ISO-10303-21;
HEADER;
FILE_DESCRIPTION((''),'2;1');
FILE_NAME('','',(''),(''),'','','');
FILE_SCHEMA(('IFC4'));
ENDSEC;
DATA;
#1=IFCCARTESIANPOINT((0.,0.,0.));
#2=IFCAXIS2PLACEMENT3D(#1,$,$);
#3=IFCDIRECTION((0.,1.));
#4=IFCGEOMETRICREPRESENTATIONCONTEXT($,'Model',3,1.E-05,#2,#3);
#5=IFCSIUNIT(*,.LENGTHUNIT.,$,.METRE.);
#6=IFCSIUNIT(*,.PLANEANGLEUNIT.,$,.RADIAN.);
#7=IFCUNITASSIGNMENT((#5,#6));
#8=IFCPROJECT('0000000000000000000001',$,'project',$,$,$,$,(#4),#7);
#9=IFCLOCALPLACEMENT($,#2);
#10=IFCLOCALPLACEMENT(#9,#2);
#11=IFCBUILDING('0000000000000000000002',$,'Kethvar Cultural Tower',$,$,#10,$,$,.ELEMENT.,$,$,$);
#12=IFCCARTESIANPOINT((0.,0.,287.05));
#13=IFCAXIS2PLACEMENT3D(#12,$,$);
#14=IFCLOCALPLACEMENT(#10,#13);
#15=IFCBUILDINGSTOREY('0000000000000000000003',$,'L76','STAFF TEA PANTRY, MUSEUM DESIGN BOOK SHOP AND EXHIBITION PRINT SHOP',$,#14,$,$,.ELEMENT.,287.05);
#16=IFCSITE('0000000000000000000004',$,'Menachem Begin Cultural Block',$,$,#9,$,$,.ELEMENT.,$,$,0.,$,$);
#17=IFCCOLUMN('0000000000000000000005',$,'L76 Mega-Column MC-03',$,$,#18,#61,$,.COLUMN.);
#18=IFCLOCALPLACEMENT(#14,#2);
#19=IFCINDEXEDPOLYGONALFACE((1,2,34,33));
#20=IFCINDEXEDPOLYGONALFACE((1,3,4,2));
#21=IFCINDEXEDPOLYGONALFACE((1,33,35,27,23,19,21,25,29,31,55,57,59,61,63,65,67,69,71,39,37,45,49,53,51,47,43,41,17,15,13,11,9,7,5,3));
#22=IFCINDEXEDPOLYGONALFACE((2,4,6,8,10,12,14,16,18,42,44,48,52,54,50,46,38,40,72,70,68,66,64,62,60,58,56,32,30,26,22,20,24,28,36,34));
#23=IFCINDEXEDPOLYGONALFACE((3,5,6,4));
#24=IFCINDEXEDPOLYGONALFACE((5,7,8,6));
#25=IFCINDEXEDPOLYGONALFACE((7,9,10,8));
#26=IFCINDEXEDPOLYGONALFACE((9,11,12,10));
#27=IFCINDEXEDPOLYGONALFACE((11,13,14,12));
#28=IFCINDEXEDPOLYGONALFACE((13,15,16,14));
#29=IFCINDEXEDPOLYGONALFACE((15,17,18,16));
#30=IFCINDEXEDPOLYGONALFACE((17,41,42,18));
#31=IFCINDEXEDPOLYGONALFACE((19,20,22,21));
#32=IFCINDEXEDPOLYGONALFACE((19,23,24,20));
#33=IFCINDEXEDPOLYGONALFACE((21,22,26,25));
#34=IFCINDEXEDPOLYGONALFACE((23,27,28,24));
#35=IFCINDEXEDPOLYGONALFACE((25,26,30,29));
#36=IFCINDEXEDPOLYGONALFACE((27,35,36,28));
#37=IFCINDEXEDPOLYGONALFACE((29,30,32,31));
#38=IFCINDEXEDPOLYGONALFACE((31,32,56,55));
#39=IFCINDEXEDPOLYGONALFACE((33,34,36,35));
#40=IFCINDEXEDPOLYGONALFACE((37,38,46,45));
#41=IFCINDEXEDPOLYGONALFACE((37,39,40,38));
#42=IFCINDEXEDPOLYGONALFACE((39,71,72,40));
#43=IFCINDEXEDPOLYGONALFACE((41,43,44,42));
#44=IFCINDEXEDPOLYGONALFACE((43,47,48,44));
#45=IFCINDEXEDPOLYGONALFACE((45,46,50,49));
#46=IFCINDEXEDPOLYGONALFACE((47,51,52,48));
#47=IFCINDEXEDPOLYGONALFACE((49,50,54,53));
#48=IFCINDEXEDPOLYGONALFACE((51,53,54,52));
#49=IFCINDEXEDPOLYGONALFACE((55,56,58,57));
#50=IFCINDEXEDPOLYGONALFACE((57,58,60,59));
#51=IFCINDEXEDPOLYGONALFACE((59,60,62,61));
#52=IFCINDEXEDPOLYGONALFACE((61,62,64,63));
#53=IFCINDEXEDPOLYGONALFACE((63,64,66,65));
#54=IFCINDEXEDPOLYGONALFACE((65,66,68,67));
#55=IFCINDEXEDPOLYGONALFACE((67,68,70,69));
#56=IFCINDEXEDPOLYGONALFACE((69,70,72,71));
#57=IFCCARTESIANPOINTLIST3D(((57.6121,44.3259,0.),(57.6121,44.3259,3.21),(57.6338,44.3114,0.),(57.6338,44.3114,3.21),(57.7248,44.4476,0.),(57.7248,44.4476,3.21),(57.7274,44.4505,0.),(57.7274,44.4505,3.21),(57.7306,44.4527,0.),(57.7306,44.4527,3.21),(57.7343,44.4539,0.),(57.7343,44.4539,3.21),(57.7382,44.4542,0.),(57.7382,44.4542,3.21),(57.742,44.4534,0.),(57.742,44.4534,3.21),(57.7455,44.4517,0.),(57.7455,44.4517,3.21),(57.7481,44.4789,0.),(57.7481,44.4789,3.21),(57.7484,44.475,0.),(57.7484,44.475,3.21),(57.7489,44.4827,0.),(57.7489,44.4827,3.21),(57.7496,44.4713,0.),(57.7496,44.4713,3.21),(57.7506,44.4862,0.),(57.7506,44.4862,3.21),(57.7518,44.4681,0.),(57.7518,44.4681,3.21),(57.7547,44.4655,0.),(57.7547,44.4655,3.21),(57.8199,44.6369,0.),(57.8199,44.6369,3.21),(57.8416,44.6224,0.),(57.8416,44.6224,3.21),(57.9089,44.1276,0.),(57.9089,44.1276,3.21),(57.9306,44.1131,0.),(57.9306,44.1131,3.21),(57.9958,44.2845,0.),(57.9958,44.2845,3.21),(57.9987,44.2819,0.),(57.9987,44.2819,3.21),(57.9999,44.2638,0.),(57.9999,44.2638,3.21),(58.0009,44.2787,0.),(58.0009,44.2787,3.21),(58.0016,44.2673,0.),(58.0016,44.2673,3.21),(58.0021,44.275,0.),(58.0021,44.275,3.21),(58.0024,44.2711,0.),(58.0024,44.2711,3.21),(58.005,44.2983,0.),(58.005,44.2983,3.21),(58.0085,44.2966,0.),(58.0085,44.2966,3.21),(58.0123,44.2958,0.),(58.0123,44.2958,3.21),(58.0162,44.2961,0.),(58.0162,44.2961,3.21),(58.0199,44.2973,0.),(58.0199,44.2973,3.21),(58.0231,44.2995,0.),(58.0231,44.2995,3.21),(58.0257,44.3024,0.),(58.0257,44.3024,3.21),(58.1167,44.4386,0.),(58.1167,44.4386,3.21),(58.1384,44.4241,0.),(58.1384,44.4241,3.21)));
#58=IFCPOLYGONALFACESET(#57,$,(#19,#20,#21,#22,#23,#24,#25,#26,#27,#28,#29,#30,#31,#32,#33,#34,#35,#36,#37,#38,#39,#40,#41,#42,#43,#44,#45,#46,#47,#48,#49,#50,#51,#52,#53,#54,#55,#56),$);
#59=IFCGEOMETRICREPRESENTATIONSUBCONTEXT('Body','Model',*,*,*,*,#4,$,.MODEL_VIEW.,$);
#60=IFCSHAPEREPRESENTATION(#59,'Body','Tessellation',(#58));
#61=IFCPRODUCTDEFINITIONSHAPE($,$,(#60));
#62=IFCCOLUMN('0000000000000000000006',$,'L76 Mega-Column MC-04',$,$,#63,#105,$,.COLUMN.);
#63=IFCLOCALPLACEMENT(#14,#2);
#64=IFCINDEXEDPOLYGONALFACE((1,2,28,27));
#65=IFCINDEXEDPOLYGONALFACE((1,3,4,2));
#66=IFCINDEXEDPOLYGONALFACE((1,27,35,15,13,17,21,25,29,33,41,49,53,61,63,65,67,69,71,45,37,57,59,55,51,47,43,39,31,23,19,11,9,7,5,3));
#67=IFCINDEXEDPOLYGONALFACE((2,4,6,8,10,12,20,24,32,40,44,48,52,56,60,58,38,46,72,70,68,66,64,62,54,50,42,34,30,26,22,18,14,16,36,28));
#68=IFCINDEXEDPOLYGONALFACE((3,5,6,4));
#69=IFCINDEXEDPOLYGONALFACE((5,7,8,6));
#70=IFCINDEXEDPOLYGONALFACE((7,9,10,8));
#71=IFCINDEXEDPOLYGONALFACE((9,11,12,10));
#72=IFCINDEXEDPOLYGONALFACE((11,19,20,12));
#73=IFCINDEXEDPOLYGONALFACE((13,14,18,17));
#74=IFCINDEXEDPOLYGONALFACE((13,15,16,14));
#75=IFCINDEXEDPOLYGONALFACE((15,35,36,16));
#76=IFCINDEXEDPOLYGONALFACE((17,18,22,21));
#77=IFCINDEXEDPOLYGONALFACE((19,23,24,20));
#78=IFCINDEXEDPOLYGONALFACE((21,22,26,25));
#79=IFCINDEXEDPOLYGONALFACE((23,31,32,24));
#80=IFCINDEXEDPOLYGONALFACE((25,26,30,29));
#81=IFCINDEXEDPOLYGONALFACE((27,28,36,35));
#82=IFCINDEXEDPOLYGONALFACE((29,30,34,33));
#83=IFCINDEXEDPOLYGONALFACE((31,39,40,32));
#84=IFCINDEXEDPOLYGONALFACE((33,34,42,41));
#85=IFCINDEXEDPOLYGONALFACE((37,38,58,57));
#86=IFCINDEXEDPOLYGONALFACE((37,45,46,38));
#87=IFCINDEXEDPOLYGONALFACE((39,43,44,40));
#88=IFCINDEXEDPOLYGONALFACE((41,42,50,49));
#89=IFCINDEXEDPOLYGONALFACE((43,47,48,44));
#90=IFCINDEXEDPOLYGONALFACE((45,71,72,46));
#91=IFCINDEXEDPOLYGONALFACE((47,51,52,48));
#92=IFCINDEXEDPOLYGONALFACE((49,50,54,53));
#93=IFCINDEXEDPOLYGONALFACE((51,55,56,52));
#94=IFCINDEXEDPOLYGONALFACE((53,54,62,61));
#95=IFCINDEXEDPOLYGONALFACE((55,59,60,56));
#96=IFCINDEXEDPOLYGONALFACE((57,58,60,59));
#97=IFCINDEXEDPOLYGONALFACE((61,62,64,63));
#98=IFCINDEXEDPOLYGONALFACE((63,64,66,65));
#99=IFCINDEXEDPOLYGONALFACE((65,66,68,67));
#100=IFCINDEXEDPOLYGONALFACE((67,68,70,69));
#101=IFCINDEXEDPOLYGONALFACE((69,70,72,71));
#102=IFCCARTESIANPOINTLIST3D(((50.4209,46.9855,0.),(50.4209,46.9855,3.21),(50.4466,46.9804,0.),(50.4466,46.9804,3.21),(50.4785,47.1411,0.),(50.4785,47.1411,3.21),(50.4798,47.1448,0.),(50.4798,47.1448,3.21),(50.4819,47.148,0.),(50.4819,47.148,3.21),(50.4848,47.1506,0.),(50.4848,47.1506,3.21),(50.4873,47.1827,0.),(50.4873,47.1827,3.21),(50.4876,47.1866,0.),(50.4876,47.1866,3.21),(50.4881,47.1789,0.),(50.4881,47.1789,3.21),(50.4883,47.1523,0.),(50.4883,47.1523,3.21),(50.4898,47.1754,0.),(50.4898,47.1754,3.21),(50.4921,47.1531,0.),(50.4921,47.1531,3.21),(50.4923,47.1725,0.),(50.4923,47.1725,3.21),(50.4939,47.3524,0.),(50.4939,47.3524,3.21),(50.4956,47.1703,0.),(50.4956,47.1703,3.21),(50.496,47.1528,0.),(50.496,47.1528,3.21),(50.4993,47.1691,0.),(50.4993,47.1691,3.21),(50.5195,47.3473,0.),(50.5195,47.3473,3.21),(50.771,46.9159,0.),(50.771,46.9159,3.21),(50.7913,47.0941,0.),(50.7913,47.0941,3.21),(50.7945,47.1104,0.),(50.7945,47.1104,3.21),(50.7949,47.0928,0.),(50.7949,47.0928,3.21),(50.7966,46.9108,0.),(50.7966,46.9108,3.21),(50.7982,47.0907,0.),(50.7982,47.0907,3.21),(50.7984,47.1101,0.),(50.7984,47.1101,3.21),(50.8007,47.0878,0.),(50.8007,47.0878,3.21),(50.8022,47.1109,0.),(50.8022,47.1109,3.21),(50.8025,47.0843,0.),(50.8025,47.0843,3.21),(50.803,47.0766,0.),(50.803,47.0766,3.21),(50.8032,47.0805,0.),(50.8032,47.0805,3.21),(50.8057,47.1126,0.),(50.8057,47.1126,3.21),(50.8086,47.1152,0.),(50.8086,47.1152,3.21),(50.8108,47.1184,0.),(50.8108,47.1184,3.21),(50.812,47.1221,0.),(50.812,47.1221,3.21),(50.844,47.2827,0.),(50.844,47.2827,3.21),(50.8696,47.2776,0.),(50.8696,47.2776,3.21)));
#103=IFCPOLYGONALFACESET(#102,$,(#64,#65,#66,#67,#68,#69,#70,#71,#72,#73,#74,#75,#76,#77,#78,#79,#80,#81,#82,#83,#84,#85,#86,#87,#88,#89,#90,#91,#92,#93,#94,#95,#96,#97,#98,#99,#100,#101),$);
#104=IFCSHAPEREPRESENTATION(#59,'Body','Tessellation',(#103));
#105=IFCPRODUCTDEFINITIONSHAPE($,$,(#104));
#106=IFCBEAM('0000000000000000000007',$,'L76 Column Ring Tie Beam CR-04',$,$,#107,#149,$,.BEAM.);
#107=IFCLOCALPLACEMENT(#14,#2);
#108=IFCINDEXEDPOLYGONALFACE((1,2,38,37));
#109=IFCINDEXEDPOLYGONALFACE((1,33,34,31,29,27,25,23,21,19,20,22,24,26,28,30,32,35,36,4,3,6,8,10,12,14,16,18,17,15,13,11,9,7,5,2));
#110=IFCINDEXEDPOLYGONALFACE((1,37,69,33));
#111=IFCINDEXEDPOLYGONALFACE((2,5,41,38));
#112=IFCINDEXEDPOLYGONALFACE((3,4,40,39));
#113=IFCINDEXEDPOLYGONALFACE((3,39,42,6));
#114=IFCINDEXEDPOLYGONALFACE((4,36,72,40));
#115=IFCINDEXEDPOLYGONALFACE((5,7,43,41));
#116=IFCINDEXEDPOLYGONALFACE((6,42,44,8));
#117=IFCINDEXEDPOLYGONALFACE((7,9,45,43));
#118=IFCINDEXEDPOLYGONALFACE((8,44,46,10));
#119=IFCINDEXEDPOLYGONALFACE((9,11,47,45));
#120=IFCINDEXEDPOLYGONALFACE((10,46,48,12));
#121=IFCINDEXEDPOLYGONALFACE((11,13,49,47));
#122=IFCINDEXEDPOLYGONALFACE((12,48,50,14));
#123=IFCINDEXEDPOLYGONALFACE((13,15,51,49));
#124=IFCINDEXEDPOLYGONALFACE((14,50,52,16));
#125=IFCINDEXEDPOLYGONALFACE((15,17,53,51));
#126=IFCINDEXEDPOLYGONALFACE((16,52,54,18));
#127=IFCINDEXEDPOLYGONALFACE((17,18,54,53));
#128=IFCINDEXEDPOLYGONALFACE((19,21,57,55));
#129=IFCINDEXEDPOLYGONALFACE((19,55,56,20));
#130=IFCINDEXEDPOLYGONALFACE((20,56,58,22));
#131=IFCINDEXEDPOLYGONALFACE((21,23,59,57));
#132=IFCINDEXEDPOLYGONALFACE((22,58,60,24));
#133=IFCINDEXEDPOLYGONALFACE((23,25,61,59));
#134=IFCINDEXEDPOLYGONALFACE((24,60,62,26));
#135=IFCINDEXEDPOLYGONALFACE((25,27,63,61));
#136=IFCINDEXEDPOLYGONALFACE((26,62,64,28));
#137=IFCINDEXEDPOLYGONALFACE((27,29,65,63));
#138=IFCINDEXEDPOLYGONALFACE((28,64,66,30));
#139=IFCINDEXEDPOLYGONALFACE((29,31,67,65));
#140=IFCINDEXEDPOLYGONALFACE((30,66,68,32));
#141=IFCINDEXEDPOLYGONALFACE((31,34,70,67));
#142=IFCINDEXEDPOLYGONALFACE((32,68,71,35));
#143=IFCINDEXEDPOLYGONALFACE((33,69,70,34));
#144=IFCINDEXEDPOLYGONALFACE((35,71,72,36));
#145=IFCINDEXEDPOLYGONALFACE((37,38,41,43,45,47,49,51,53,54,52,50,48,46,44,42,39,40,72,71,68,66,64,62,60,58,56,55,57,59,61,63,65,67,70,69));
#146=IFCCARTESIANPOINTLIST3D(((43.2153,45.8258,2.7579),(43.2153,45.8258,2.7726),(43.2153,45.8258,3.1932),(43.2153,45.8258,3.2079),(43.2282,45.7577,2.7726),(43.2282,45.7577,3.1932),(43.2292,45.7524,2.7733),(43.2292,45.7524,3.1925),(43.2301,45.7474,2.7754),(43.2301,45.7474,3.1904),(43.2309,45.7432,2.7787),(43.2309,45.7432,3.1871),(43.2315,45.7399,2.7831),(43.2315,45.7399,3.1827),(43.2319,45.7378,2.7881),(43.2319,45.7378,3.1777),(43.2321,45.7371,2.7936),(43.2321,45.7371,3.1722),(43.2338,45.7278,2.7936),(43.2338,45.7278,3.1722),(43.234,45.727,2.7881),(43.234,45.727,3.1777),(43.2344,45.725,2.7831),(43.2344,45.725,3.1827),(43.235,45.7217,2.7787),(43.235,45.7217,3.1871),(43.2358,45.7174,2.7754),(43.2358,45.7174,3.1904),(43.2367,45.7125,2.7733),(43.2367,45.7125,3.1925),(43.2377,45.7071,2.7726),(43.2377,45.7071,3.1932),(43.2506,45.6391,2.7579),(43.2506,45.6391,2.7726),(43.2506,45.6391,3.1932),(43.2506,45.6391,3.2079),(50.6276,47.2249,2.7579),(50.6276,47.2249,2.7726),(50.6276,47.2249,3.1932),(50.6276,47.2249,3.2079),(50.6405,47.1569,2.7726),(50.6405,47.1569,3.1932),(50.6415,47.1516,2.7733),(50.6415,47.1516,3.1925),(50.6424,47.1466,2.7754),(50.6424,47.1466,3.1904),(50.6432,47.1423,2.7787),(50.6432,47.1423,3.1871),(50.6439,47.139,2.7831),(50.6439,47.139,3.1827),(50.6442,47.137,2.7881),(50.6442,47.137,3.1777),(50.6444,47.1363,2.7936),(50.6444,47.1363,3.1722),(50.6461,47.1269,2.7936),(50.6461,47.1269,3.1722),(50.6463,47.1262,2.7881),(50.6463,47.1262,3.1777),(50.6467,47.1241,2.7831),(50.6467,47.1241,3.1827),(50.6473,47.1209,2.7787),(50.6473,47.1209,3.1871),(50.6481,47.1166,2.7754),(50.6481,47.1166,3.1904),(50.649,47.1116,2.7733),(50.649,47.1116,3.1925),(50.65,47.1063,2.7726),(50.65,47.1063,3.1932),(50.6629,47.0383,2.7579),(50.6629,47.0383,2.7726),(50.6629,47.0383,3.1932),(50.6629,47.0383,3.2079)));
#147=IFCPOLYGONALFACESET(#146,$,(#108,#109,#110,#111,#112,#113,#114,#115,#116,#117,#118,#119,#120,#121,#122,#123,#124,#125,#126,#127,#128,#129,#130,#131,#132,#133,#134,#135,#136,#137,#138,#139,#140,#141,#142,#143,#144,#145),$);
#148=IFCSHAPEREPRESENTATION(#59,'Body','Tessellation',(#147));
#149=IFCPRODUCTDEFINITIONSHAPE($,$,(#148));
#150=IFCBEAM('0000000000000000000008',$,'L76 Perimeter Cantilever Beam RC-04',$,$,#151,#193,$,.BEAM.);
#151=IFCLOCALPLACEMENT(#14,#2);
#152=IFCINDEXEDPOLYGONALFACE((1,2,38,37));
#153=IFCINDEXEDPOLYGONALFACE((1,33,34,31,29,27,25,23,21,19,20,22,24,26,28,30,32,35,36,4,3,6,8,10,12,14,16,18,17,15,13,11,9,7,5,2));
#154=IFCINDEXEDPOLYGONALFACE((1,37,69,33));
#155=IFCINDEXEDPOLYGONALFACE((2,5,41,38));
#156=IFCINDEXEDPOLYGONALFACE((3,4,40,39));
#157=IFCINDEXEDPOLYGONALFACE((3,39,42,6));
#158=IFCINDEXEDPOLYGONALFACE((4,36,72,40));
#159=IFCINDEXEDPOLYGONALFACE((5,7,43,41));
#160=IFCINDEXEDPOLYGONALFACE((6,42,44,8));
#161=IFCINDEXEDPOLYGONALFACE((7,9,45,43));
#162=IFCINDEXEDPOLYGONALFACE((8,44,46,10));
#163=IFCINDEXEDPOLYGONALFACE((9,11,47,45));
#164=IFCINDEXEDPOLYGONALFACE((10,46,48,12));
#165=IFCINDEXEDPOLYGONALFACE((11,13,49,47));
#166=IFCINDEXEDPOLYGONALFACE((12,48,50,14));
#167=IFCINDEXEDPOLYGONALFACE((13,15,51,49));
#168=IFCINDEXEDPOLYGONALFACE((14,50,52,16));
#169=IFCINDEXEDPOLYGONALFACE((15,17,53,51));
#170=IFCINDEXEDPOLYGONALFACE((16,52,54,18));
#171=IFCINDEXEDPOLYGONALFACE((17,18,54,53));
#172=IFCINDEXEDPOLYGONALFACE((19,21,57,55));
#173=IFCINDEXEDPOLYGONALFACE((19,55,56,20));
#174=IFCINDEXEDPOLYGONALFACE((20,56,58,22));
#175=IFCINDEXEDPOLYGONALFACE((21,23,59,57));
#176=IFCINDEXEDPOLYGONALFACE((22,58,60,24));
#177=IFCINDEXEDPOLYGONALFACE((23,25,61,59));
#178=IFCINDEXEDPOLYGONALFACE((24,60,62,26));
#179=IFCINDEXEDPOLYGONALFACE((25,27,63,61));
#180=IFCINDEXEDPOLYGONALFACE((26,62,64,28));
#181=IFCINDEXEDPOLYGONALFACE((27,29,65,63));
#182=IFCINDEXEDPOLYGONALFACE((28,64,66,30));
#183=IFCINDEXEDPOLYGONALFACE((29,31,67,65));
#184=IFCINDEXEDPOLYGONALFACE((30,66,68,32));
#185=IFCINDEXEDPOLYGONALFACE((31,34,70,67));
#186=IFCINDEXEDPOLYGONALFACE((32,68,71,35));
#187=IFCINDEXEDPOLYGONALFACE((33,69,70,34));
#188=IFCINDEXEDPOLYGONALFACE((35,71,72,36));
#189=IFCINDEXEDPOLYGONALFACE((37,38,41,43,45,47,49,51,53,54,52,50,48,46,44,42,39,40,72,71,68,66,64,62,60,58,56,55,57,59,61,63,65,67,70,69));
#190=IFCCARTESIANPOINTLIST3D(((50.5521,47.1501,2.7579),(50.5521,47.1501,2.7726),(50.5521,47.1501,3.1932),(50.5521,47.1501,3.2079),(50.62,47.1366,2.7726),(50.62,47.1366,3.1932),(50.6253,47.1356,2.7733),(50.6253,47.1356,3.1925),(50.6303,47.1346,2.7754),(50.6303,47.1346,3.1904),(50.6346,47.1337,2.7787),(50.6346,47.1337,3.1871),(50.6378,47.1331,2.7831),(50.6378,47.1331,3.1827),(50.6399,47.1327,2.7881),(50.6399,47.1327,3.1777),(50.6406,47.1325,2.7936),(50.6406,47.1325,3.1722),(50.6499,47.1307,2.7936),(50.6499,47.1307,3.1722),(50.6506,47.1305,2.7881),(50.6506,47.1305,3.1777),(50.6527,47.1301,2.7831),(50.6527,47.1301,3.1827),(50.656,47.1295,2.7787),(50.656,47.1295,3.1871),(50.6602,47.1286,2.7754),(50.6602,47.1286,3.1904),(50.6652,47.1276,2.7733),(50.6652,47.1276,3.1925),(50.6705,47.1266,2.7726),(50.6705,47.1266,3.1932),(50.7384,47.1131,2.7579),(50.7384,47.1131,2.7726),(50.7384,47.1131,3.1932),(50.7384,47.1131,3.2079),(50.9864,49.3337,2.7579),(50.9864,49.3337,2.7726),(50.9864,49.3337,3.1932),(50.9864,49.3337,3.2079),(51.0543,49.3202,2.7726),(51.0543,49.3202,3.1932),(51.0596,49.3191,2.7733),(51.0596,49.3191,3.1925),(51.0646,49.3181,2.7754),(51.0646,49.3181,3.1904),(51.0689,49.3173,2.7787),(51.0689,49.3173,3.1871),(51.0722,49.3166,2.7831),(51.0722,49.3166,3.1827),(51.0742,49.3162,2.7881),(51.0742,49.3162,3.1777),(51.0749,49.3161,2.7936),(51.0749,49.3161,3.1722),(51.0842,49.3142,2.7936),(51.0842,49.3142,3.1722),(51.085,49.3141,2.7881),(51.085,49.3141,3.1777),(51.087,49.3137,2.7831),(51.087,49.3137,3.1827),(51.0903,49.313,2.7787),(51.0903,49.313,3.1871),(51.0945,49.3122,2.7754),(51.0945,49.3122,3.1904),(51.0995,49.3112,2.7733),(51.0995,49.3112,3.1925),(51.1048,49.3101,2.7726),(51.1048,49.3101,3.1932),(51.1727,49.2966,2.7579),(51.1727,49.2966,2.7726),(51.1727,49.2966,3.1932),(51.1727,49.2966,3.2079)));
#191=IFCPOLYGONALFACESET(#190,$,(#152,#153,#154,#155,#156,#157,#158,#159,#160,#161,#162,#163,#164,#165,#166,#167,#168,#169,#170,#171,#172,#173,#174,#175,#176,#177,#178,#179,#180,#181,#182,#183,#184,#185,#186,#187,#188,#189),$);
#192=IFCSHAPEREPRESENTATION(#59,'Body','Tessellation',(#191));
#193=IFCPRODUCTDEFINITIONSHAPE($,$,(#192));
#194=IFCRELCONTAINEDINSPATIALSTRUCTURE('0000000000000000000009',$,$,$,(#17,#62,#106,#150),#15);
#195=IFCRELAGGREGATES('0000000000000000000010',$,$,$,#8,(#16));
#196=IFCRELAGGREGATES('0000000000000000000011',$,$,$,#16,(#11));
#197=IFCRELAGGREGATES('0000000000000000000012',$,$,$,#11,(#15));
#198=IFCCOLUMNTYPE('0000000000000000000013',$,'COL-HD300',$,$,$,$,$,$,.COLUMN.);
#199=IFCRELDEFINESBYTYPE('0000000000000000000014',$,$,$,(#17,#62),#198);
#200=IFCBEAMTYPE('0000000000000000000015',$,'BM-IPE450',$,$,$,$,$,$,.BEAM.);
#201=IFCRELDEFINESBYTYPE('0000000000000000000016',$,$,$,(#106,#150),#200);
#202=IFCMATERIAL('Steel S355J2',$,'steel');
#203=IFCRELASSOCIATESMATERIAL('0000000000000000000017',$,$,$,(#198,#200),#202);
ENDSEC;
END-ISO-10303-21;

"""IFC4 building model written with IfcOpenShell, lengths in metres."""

from ifc_helpers import new_model, si_unit, direction, frame, origin, origin_2d, place, context, subcontext, project, spatial, i_section, extrude, source, transform, mapped, material, material_profile, profile_set, type_object, element, save


model = new_model("IFC4")

# Units and contexts
model_context = context("Model", 3, precision=1e-05, world=origin(), true_north=direction((0.0, 1.0)))
body_context = subcontext(model_context, "Body", "Model", "MODEL_VIEW")
ifc_project = project(units=[si_unit("LENGTHUNIT", "METRE"), si_unit("PLANEANGLEUNIT", "RADIAN")], contexts=[model_context])

# Site, building, storey
site_placement = place(None, origin())
site = spatial("IfcSite", under=ifc_project, at=site_placement, Name="Menachem Begin Cultural Block", CompositionType="ELEMENT", RefElevation=0.0)
building_placement = place(site_placement, origin())
building = spatial("IfcBuilding", under=site, at=building_placement, Name="Kethvar Cultural Tower", CompositionType="ELEMENT")
storey_placement = place(building_placement, frame((0.0, 0.0, 287.05)))
storey = spatial("IfcBuildingStorey", under=building, at=storey_placement, Name="L76", Description="STAFF TEA PANTRY, MUSEUM DESIGN BOOK SHOP AND EXHIBITION PRINT SHOP", CompositionType="ELEMENT", Elevation=287.05)

# Columns
ifc_material_1 = material(Name="Steel S355J2", Category="steel")
ifc_material_profile_1 = material_profile(ifc_material_1, i_section(OverallWidth=0.374, OverallDepth=0.3831, WebThickness=0.0166, FlangeThickness=0.0261, FilletRadius=0.0149, at=origin_2d()), Name="Steel S355J2 — HD360x300")
ifc_profile_set_1 = profile_set([ifc_material_profile_1], Name="Steel S355J2 — HD360x300")
column_type = type_object("IfcColumnType", Name="COL-HD300", PredefinedType="COLUMN", material=ifc_profile_set_1)
shared_shape_1 = source(origin(), body_context, "Body", "SweptSolid", [
    extrude(i_section(OverallWidth=0.374, OverallDepth=0.3831, WebThickness=0.0166, FlangeThickness=0.0261, FilletRadius=0.0149, at=origin_2d()), origin(), (0.0, 0.0, 1.0), 3.21),
])
for number, where, z_axis, x_axis, name in (
    (1, (57.8752, 44.375, 0.0), (0.0, 0.0, 1.0), (0.55557, 0.83147, 0.0), "L76 Mega-Column MC-03"),
    (2, (50.6453, 47.1316, 0.0), (0.0, 0.0, 1.0), (0.19509, 0.980785, 0.0), "L76 Mega-Column MC-04"),
):
    element("IfcColumn", number, at=place(storey_placement, frame(where, z_axis=z_axis, x_axis=x_axis)), inside=storey, type_object=column_type, Name=name, PredefinedType="COLUMN", context=body_context, shape_type="MappedRepresentation", body=[
        mapped(shared_shape_1, transform((0.0, 0.0, 0.0), scale=1.0)),
    ])

# Beams
ifc_material_profile_2 = material_profile(ifc_material_1, i_section(OverallWidth=0.1899, OverallDepth=0.45, WebThickness=0.0095, FlangeThickness=0.0146, FilletRadius=0.021, at=origin_2d()), Name="Steel S355J2 — IPE450")
ifc_profile_set_2 = profile_set([ifc_material_profile_2], Name="Steel S355J2 — IPE450")
beam_type_1 = type_object("IfcBeamType", Name="BM-IPE450", PredefinedType="BEAM", material=ifc_profile_set_2)
shared_shape_2 = source(origin(), body_context, "Body", "SweptSolid", [
    extrude(i_section(OverallWidth=0.1899, OverallDepth=0.45, WebThickness=0.0095, FlangeThickness=0.0146, FilletRadius=0.021, at=origin_2d()), origin(), (0.0, 0.0, 1.0), 7.5432),
])
beam_1_placement = place(storey_placement, frame((50.6453, 47.1316, 2.9829), z_axis=(-0.982647, -0.185486, 0.0), x_axis=(0.185486, -0.982647, 0.0)))
element("IfcBeam", 3, at=beam_1_placement, inside=storey, type_object=beam_type_1, Name="L76 Column Ring Tie Beam CR-04", PredefinedType="BEAM", context=body_context, shape_type="MappedRepresentation", body=[
    mapped(shared_shape_2, transform((0.0, 0.0, 0.0), scale=1.0)),
])
shared_shape_3 = source(origin(), body_context, "Body", "SweptSolid", [
    extrude(i_section(OverallWidth=0.1899, OverallDepth=0.45, WebThickness=0.0095, FlangeThickness=0.0146, FilletRadius=0.021, at=origin_2d()), origin(), (0.0, 0.0, 1.0), 2.2263),
])
beam_2_placement = place(storey_placement, frame((50.6453, 47.1316, 2.9829), z_axis=(0.195083, 0.980787, 0.0), x_axis=(-0.980787, 0.195083, 0.0)))
element("IfcBeam", 4, at=beam_2_placement, inside=storey, type_object=beam_type_1, Name="L76 Perimeter Cantilever Beam RC-04", PredefinedType="BEAM", context=body_context, shape_type="MappedRepresentation", body=[
    mapped(shared_shape_3, transform((0.0, 0.0, 0.0), scale=1.0)),
])

save(model, "model.ifc")
